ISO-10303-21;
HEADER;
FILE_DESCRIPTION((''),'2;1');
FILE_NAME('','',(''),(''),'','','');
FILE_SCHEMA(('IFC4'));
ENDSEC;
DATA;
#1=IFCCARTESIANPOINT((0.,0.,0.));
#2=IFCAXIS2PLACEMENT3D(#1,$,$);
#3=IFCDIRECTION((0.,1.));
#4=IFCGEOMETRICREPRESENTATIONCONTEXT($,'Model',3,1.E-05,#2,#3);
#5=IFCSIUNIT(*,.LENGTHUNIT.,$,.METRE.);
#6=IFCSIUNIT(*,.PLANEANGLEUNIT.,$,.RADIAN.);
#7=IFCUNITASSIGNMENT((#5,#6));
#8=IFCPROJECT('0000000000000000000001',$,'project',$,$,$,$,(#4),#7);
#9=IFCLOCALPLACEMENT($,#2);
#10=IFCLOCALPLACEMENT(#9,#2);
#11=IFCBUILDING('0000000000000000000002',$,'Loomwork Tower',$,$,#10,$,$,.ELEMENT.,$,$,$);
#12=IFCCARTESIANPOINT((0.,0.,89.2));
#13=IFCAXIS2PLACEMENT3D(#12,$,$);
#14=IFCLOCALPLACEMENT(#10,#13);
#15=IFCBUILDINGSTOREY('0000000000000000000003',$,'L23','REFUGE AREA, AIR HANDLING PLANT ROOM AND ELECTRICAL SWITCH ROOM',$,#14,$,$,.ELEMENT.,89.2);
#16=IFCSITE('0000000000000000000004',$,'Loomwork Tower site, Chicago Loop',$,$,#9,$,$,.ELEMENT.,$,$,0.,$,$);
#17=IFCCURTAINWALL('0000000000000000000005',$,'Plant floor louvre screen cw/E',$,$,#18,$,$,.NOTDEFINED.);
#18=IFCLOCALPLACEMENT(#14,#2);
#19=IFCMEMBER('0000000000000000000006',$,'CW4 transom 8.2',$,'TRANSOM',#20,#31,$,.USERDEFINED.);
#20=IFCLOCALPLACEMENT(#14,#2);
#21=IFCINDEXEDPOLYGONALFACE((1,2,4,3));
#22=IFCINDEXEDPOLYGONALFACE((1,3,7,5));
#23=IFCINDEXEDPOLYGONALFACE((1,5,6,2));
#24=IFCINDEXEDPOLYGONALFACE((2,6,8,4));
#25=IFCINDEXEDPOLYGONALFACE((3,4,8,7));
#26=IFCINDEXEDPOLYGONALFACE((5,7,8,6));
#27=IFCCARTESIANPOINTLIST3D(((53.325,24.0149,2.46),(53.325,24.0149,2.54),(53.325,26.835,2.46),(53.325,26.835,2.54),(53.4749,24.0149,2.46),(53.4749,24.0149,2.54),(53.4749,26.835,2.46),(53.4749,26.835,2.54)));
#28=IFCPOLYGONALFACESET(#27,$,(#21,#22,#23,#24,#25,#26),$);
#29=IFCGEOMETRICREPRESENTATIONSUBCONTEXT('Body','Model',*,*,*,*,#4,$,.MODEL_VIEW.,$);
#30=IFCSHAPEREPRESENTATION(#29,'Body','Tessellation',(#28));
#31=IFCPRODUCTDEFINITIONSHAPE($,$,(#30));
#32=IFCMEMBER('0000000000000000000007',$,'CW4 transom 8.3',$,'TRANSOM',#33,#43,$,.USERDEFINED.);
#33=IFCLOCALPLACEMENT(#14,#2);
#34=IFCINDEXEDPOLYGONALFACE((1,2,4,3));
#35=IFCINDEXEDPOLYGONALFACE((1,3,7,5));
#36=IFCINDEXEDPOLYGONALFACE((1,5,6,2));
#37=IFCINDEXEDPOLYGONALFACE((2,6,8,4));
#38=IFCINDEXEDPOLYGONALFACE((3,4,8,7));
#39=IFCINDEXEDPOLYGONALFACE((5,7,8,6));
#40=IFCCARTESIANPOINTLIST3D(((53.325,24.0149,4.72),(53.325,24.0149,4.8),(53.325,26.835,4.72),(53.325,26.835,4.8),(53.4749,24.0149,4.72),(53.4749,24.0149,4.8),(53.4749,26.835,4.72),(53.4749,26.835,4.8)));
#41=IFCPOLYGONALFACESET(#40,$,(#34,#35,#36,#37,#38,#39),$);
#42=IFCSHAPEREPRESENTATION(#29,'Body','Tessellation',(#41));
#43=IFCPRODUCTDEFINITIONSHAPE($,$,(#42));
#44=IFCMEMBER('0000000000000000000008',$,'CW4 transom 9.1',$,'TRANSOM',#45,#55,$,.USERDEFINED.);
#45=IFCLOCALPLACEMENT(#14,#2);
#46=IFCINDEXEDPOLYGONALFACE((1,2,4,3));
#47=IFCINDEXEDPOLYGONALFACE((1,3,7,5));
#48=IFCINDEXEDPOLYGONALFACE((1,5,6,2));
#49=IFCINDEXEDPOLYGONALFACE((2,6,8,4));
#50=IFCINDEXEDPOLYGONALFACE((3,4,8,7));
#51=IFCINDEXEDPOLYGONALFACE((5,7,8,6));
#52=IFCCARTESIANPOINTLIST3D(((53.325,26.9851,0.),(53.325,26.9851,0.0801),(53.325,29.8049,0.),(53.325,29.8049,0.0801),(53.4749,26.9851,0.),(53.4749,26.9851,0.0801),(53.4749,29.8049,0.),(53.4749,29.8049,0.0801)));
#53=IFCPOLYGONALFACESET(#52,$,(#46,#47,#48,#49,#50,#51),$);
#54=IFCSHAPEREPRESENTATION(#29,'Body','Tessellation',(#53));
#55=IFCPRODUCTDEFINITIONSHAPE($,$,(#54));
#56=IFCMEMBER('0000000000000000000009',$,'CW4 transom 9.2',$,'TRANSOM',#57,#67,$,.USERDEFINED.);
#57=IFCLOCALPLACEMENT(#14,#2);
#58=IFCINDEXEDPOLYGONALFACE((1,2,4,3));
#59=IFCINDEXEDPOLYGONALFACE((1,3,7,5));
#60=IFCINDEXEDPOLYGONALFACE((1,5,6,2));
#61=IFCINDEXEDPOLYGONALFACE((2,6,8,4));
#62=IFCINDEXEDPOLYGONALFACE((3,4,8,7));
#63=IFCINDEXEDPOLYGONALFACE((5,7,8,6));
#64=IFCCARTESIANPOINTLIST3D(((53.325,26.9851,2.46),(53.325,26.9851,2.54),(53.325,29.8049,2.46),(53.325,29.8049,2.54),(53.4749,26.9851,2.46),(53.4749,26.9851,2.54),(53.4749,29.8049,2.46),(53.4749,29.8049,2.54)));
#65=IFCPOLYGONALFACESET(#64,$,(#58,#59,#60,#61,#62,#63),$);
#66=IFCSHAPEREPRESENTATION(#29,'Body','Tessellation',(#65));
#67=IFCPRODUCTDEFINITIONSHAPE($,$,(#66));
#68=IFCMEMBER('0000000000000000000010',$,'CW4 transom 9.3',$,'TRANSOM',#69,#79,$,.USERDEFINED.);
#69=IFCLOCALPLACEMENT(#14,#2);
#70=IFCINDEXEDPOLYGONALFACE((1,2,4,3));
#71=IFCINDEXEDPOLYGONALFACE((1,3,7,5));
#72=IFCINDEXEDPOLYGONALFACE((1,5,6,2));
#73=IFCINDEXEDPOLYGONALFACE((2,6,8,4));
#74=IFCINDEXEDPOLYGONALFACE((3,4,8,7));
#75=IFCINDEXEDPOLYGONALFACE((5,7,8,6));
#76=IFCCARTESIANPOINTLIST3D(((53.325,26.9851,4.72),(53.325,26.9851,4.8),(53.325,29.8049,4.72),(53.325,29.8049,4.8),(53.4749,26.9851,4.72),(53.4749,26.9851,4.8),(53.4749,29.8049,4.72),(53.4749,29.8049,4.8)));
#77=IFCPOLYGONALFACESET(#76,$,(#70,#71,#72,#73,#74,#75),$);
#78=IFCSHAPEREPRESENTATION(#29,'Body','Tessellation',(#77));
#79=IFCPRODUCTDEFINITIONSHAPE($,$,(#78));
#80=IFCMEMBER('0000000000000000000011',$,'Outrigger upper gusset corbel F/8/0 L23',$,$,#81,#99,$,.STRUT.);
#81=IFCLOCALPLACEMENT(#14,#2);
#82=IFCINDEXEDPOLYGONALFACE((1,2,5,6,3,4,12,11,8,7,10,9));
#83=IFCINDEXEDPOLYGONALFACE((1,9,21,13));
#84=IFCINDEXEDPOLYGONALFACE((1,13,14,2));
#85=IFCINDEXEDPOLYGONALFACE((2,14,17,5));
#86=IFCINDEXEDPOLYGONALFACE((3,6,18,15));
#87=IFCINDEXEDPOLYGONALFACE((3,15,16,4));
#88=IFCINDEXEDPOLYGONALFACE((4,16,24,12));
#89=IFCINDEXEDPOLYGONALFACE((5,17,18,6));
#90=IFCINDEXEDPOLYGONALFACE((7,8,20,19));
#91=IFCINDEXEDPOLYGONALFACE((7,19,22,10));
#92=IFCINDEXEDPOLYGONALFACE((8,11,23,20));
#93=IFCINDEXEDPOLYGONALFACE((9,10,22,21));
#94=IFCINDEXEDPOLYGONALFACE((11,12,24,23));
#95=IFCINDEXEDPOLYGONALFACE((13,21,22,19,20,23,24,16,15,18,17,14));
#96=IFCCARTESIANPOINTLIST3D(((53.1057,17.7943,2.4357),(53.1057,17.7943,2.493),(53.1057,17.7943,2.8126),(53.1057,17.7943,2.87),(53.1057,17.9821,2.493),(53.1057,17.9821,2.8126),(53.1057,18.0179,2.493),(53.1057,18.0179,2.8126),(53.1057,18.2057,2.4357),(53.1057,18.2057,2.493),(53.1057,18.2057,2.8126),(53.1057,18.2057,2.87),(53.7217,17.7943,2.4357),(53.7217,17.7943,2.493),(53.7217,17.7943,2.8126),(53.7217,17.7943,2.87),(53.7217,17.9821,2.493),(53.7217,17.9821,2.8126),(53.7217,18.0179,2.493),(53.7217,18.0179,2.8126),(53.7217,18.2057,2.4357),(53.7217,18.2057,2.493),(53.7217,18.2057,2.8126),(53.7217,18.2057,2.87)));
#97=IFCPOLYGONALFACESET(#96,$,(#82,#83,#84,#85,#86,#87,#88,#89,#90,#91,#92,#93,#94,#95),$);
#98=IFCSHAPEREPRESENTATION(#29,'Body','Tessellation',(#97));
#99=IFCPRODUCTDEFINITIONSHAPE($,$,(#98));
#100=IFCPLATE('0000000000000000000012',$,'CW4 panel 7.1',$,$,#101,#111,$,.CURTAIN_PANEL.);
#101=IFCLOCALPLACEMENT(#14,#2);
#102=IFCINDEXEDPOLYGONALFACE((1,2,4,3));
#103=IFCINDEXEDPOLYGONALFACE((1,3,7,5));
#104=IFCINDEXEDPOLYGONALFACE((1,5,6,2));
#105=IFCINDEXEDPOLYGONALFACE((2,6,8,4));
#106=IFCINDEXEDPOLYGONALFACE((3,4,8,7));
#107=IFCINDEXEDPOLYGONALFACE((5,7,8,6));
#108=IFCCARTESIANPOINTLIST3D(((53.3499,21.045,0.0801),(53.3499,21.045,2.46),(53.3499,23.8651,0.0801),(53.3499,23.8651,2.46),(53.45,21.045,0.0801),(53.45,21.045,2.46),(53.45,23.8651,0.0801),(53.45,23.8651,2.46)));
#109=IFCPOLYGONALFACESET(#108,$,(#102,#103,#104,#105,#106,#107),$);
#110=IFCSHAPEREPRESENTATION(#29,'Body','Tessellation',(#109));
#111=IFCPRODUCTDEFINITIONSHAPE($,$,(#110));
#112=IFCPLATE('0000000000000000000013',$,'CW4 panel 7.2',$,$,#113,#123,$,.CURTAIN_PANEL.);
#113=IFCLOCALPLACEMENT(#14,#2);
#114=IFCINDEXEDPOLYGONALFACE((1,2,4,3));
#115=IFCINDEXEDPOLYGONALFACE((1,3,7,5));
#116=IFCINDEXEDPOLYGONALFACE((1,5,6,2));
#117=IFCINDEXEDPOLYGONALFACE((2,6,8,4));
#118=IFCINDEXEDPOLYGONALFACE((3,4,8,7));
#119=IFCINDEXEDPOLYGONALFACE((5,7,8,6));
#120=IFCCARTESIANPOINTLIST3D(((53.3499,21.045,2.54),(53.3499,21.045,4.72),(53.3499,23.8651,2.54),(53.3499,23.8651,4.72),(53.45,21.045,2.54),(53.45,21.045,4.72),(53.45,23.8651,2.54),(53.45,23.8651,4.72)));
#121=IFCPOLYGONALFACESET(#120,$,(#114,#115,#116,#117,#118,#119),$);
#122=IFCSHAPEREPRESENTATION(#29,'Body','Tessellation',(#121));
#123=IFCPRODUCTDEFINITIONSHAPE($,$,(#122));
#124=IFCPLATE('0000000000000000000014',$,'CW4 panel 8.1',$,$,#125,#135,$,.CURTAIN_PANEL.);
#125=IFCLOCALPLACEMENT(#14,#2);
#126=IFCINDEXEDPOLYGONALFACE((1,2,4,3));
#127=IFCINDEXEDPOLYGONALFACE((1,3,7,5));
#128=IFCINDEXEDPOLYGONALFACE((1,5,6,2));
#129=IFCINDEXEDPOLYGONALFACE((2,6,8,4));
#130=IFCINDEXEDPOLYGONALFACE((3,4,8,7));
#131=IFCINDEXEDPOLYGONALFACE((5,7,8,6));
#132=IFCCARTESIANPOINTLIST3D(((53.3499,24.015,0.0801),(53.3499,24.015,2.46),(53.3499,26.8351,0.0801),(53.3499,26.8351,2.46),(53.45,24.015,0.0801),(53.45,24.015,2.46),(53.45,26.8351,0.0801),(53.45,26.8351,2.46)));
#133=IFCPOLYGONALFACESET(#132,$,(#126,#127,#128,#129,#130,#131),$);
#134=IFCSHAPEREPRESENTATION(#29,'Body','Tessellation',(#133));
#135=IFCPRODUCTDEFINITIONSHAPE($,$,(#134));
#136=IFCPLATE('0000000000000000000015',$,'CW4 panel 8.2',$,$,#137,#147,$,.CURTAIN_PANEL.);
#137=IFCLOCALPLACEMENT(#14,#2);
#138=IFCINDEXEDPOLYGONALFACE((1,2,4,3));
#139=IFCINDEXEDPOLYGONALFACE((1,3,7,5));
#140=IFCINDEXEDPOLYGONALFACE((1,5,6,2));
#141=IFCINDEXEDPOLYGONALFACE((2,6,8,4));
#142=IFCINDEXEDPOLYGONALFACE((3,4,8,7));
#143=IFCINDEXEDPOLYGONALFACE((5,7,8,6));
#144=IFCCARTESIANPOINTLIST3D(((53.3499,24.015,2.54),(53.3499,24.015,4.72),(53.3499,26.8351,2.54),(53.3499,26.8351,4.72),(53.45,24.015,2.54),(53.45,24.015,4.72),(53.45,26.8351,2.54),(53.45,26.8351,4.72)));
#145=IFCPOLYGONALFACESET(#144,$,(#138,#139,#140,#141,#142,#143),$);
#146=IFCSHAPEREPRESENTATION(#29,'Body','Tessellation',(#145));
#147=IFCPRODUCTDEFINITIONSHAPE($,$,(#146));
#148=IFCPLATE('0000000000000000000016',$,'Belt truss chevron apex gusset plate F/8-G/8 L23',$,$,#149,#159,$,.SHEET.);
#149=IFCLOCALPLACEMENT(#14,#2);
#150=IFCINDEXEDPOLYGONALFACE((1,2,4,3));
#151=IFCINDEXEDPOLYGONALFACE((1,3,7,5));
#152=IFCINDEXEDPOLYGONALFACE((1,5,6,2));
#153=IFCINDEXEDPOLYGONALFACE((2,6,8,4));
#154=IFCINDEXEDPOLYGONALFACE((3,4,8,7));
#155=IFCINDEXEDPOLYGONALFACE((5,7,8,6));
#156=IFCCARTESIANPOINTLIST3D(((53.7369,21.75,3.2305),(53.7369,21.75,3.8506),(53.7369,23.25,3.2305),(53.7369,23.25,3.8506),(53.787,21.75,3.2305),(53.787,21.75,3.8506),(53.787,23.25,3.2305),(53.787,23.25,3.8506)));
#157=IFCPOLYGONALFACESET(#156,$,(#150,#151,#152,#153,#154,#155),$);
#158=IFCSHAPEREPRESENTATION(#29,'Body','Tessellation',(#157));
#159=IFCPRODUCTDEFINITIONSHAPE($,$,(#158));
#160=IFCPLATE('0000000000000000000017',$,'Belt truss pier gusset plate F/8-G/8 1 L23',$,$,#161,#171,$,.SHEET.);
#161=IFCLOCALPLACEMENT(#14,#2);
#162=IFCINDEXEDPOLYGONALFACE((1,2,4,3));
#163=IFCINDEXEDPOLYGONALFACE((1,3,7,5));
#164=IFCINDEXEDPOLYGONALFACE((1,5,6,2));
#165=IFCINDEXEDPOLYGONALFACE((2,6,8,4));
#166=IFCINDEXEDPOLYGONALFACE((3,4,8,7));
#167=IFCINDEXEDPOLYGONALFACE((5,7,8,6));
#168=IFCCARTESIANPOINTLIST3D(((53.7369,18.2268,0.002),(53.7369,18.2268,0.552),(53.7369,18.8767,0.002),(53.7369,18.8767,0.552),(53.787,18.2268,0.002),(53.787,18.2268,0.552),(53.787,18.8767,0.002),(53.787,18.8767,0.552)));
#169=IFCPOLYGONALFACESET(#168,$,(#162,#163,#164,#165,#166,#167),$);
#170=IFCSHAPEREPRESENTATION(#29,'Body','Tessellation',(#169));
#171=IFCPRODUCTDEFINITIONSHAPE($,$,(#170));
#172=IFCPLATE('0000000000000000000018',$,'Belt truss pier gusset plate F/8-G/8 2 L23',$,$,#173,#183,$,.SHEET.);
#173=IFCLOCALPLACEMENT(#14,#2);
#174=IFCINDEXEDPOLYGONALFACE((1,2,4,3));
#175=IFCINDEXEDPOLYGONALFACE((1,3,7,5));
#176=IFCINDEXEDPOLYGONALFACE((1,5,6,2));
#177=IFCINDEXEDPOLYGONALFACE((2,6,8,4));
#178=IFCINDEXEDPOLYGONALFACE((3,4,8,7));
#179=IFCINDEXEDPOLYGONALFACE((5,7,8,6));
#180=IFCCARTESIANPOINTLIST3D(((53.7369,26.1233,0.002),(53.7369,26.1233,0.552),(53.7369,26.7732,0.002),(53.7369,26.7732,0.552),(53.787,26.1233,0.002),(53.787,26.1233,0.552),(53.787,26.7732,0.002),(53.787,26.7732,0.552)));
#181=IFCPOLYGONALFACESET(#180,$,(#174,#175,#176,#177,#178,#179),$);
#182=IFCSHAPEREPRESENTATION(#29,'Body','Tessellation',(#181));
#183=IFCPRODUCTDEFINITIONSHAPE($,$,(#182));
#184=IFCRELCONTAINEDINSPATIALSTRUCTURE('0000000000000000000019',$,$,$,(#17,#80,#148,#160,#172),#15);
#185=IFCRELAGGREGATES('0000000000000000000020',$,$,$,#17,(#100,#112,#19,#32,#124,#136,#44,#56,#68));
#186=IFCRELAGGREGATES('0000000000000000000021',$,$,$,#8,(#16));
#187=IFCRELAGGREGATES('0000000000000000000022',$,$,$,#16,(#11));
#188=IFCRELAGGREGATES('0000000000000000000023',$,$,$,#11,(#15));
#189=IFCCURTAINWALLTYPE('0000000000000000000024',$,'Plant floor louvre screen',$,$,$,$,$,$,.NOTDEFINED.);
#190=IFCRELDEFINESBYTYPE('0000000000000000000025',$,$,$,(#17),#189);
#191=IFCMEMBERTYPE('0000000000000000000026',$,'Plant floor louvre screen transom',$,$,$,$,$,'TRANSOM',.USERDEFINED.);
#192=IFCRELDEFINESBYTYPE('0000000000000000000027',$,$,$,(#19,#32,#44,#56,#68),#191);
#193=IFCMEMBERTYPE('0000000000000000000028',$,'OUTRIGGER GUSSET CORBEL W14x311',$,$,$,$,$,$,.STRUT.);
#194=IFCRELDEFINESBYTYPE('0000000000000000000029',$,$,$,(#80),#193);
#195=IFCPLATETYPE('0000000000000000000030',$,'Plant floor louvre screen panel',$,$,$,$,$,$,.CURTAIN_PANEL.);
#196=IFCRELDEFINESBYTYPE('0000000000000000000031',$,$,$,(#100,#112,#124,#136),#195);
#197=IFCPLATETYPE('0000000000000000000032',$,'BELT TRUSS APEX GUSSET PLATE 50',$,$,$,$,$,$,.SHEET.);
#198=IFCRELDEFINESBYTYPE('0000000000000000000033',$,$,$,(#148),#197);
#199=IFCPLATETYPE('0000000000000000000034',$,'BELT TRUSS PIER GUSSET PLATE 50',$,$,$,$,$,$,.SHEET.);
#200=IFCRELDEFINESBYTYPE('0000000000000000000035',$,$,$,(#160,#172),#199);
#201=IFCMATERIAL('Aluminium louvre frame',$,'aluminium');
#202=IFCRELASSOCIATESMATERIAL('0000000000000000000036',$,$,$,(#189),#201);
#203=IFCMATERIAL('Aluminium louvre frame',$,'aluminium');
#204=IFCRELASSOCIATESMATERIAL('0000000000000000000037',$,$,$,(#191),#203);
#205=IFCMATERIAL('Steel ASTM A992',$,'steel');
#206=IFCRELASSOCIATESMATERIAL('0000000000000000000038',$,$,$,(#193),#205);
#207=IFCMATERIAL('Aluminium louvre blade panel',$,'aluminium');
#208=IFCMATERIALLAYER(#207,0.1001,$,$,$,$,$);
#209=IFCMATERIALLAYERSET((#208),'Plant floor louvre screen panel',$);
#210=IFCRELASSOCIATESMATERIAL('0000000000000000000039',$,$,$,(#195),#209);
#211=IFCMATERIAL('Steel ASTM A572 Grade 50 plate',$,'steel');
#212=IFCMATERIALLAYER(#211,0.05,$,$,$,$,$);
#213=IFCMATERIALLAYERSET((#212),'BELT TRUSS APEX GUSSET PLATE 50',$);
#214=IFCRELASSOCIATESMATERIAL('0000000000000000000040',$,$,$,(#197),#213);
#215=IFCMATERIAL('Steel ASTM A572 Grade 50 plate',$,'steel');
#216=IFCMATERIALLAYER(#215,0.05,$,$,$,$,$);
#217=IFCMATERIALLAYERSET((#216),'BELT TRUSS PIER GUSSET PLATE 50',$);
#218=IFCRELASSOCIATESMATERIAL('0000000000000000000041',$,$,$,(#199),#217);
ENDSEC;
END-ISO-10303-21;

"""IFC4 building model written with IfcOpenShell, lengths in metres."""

from ifc_helpers import new_model, si_unit, direction, frame, origin, origin_2d, place, context, subcontext, project, spatial, rectangle, i_section, extrude, material, layer, layer_set, material_profile, profile_set, type_object, element, aggregate, save


model = new_model("IFC4")

# Units and contexts
model_context = context("Model", 3, precision=1e-05, world=origin(), true_north=direction((0.0, 1.0)))
body_context = subcontext(model_context, "Body", "Model", "MODEL_VIEW")
ifc_project = project(units=[si_unit("LENGTHUNIT", "METRE"), si_unit("PLANEANGLEUNIT", "RADIAN")], contexts=[model_context])

# Site, building, storey
site_placement = place(None, origin())
site = spatial("IfcSite", under=ifc_project, at=site_placement, Name="Loomwork Tower site, Chicago Loop", CompositionType="ELEMENT", RefElevation=0.0)
building_placement = place(site_placement, origin())
building = spatial("IfcBuilding", under=site, at=building_placement, Name="Loomwork Tower", CompositionType="ELEMENT")
storey_placement = place(building_placement, frame((0.0, 0.0, 89.2)))
storey = spatial("IfcBuildingStorey", under=building, at=storey_placement, Name="L23", Description="REFUGE AREA, AIR HANDLING PLANT ROOM AND ELECTRICAL SWITCH ROOM", CompositionType="ELEMENT", Elevation=89.2)

# Curtain wall, members
ifc_material_1 = material(Name="Aluminium louvre frame", Category="aluminium")
curtain_wall_type = type_object("IfcCurtainWallType", Name="Plant floor louvre screen", PredefinedType="NOTDEFINED", material=ifc_material_1)
curtain_wall_placement = place(storey_placement, origin())
curtain_wall = element("IfcCurtainWall", 1, at=curtain_wall_placement, inside=storey, type_object=curtain_wall_type, Name="Plant floor louvre screen cw/E", PredefinedType="NOTDEFINED")
ifc_material_2 = material(Name="Aluminium louvre frame", Category="aluminium")
ifc_material_profile_1 = material_profile(ifc_material_2, rectangle(XDim=0.1499, YDim=0.0801, at=origin_2d()), Name="AL 80x150")
ifc_profile_set_1 = profile_set([ifc_material_profile_1], Name="Aluminium louvre frame")
member_type_1 = type_object("IfcMemberType", Name="Plant floor louvre screen transom", ElementType="TRANSOM", PredefinedType="USERDEFINED", material=ifc_profile_set_1)
member_1_placement = place(storey_placement, frame((53.3999, 24.0149, 2.5), z_axis=(0.0, 1.0, 0.0), x_axis=(-1.0, 0.0, 0.0)))
member_1 = element("IfcMember", 2, at=member_1_placement, type_object=member_type_1, Name="CW4 transom 8.2", ObjectType="TRANSOM", PredefinedType="USERDEFINED", context=body_context, shape_type="SweptSolid", body=[
    extrude(rectangle(XDim=0.1499, YDim=0.0801, at=origin_2d()), origin(), (0.0, 0.0, 1.0), 2.8201),
])
member_2_placement = place(storey_placement, frame((53.3999, 24.0149, 4.76), z_axis=(0.0, 1.0, 0.0), x_axis=(-1.0, 0.0, 0.0)))
member_2 = element("IfcMember", 3, at=member_2_placement, type_object=member_type_1, Name="CW4 transom 8.3", ObjectType="TRANSOM", PredefinedType="USERDEFINED", context=body_context, shape_type="SweptSolid", body=[
    extrude(rectangle(XDim=0.1499, YDim=0.0801, at=origin_2d()), origin(), (0.0, 0.0, 1.0), 2.8201),
])
member_3_placement = place(storey_placement, frame((53.3999, 26.9851, 0.04), z_axis=(0.0, 1.0, 0.0), x_axis=(-1.0, 0.0, 0.0)))
member_3 = element("IfcMember", 4, at=member_3_placement, type_object=member_type_1, Name="CW4 transom 9.1", ObjectType="TRANSOM", PredefinedType="USERDEFINED", context=body_context, shape_type="SweptSolid", body=[
    extrude(rectangle(XDim=0.1499, YDim=0.0801, at=origin_2d()), origin(), (0.0, 0.0, 1.0), 2.8198),
])
member_4_placement = place(storey_placement, frame((53.3999, 26.9851, 2.5), z_axis=(0.0, 1.0, 0.0), x_axis=(-1.0, 0.0, 0.0)))
member_4 = element("IfcMember", 5, at=member_4_placement, type_object=member_type_1, Name="CW4 transom 9.2", ObjectType="TRANSOM", PredefinedType="USERDEFINED", context=body_context, shape_type="SweptSolid", body=[
    extrude(rectangle(XDim=0.1499, YDim=0.0801, at=origin_2d()), origin(), (0.0, 0.0, 1.0), 2.8198),
])
member_5_placement = place(storey_placement, frame((53.3999, 26.9851, 4.76), z_axis=(0.0, 1.0, 0.0), x_axis=(-1.0, 0.0, 0.0)))
member_5 = element("IfcMember", 6, at=member_5_placement, type_object=member_type_1, Name="CW4 transom 9.3", ObjectType="TRANSOM", PredefinedType="USERDEFINED", context=body_context, shape_type="SweptSolid", body=[
    extrude(rectangle(XDim=0.1499, YDim=0.0801, at=origin_2d()), origin(), (0.0, 0.0, 1.0), 2.8198),
])

# Member
ifc_material_3 = material(Name="Steel ASTM A992", Category="steel")
ifc_material_profile_2 = material_profile(ifc_material_3, i_section(OverallWidth=0.4114, OverallDepth=0.4343, WebThickness=0.0359, FlangeThickness=0.0574, at=origin_2d()), Name="W14x311")
ifc_profile_set_2 = profile_set([ifc_material_profile_2], Name="Steel ASTM A992")
member_type_2 = type_object("IfcMemberType", Name="OUTRIGGER GUSSET CORBEL W14x311", PredefinedType="STRUT", material=ifc_profile_set_2)
member_6_placement = place(storey_placement, frame((53.7217, 18.0, 2.6528), z_axis=(-1.0, 0.0, 0.0), x_axis=(0.0, -1.0, 0.0)))
element("IfcMember", 7, at=member_6_placement, inside=storey, type_object=member_type_2, Name="Outrigger upper gusset corbel F/8/0 L23", PredefinedType="STRUT", context=body_context, shape_type="SweptSolid", body=[
    extrude(i_section(OverallWidth=0.4114, OverallDepth=0.4343, WebThickness=0.0359, FlangeThickness=0.0574, at=origin_2d()), origin(), (0.0, 0.0, 1.0), 0.616),
])

# Plates
ifc_material_4 = material(Name="Aluminium louvre blade panel", Category="aluminium")
ifc_layer_1 = layer(ifc_material_4, 0.1001)
ifc_layer_set_1 = layer_set([ifc_layer_1], Name="Plant floor louvre screen panel")
plate_type_1 = type_object("IfcPlateType", Name="Plant floor louvre screen panel", PredefinedType="CURTAIN_PANEL", material=ifc_layer_set_1)
plate_1_placement = place(storey_placement, frame((53.3999, 22.4551, 0.0801), z_axis=(0.0, 0.0, 1.0), x_axis=(0.0, 1.0, 0.0)))
plate_1 = element("IfcPlate", 8, at=plate_1_placement, type_object=plate_type_1, Name="CW4 panel 7.1", PredefinedType="CURTAIN_PANEL", context=body_context, shape_type="SweptSolid", body=[
    extrude(rectangle(XDim=2.8201, YDim=0.1001, at=origin_2d()), origin(), (0.0, 0.0, 1.0), 2.3799),
])
plate_2_placement = place(storey_placement, frame((53.3999, 22.4551, 2.54), z_axis=(0.0, 0.0, 1.0), x_axis=(0.0, 1.0, 0.0)))
plate_2 = element("IfcPlate", 9, at=plate_2_placement, type_object=plate_type_1, Name="CW4 panel 7.2", PredefinedType="CURTAIN_PANEL", context=body_context, shape_type="SweptSolid", body=[
    extrude(rectangle(XDim=2.8201, YDim=0.1001, at=origin_2d()), origin(), (0.0, 0.0, 1.0), 2.1799),
])
plate_3_placement = place(storey_placement, frame((53.3999, 25.425, 0.0801), z_axis=(0.0, 0.0, 1.0), x_axis=(0.0, 1.0, 0.0)))
plate_3 = element("IfcPlate", 10, at=plate_3_placement, type_object=plate_type_1, Name="CW4 panel 8.1", PredefinedType="CURTAIN_PANEL", context=body_context, shape_type="SweptSolid", body=[
    extrude(rectangle(XDim=2.8201, YDim=0.1001, at=origin_2d()), origin(), (0.0, 0.0, 1.0), 2.3799),
])
plate_4_placement = place(storey_placement, frame((53.3999, 25.425, 2.54), z_axis=(0.0, 0.0, 1.0), x_axis=(0.0, 1.0, 0.0)))
plate_4 = element("IfcPlate", 11, at=plate_4_placement, type_object=plate_type_1, Name="CW4 panel 8.2", PredefinedType="CURTAIN_PANEL", context=body_context, shape_type="SweptSolid", body=[
    extrude(rectangle(XDim=2.8201, YDim=0.1001, at=origin_2d()), origin(), (0.0, 0.0, 1.0), 2.1799),
])
aggregate(curtain_wall, [plate_1, plate_2, member_1, member_2, plate_3, plate_4, member_3, member_4, member_5])

# Plates
ifc_material_5 = material(Name="Steel ASTM A572 Grade 50 plate", Category="steel")
ifc_layer_2 = layer(ifc_material_5, 0.05)
ifc_layer_set_2 = layer_set([ifc_layer_2], Name="BELT TRUSS APEX GUSSET PLATE 50")
plate_type_2 = type_object("IfcPlateType", Name="BELT TRUSS APEX GUSSET PLATE 50", PredefinedType="SHEET", material=ifc_layer_set_2)
plate_5_placement = place(storey_placement, frame((53.762, 22.5, 3.2305), z_axis=(0.0, 0.0, 1.0), x_axis=(0.0, 1.0, 0.0)))
element("IfcPlate", 12, at=plate_5_placement, inside=storey, type_object=plate_type_2, Name="Belt truss chevron apex gusset plate F/8-G/8 L23", PredefinedType="SHEET", context=body_context, shape_type="SweptSolid", body=[
    extrude(rectangle(XDim=1.5, YDim=0.05, at=origin_2d()), origin(), (0.0, 0.0, 1.0), 0.6201),
])
ifc_material_6 = material(Name="Steel ASTM A572 Grade 50 plate", Category="steel")
ifc_layer_3 = layer(ifc_material_6, 0.05)
ifc_layer_set_3 = layer_set([ifc_layer_3], Name="BELT TRUSS PIER GUSSET PLATE 50")
plate_type_3 = type_object("IfcPlateType", Name="BELT TRUSS PIER GUSSET PLATE 50", PredefinedType="SHEET", material=ifc_layer_set_3)
for number, where, z_axis, x_axis, name in (
    (13, (53.762, 18.5518, 0.002), (0.0, 0.0, 1.0), (0.0, 1.0, 0.0), "Belt truss pier gusset plate F/8-G/8 1 L23"),
    (14, (53.762, 26.4482, 0.002), (0.0, 0.0, 1.0), (0.0, 1.0, 0.0), "Belt truss pier gusset plate F/8-G/8 2 L23"),
):
    element("IfcPlate", number, at=place(storey_placement, frame(where, z_axis=z_axis, x_axis=x_axis)), inside=storey, type_object=plate_type_3, Name=name, PredefinedType="SHEET", context=body_context, shape_type="SweptSolid", body=[
        extrude(rectangle(XDim=0.6499, YDim=0.05, at=origin_2d()), origin(), (0.0, 0.0, 1.0), 0.55),
    ])

save(model, "model.ifc")
